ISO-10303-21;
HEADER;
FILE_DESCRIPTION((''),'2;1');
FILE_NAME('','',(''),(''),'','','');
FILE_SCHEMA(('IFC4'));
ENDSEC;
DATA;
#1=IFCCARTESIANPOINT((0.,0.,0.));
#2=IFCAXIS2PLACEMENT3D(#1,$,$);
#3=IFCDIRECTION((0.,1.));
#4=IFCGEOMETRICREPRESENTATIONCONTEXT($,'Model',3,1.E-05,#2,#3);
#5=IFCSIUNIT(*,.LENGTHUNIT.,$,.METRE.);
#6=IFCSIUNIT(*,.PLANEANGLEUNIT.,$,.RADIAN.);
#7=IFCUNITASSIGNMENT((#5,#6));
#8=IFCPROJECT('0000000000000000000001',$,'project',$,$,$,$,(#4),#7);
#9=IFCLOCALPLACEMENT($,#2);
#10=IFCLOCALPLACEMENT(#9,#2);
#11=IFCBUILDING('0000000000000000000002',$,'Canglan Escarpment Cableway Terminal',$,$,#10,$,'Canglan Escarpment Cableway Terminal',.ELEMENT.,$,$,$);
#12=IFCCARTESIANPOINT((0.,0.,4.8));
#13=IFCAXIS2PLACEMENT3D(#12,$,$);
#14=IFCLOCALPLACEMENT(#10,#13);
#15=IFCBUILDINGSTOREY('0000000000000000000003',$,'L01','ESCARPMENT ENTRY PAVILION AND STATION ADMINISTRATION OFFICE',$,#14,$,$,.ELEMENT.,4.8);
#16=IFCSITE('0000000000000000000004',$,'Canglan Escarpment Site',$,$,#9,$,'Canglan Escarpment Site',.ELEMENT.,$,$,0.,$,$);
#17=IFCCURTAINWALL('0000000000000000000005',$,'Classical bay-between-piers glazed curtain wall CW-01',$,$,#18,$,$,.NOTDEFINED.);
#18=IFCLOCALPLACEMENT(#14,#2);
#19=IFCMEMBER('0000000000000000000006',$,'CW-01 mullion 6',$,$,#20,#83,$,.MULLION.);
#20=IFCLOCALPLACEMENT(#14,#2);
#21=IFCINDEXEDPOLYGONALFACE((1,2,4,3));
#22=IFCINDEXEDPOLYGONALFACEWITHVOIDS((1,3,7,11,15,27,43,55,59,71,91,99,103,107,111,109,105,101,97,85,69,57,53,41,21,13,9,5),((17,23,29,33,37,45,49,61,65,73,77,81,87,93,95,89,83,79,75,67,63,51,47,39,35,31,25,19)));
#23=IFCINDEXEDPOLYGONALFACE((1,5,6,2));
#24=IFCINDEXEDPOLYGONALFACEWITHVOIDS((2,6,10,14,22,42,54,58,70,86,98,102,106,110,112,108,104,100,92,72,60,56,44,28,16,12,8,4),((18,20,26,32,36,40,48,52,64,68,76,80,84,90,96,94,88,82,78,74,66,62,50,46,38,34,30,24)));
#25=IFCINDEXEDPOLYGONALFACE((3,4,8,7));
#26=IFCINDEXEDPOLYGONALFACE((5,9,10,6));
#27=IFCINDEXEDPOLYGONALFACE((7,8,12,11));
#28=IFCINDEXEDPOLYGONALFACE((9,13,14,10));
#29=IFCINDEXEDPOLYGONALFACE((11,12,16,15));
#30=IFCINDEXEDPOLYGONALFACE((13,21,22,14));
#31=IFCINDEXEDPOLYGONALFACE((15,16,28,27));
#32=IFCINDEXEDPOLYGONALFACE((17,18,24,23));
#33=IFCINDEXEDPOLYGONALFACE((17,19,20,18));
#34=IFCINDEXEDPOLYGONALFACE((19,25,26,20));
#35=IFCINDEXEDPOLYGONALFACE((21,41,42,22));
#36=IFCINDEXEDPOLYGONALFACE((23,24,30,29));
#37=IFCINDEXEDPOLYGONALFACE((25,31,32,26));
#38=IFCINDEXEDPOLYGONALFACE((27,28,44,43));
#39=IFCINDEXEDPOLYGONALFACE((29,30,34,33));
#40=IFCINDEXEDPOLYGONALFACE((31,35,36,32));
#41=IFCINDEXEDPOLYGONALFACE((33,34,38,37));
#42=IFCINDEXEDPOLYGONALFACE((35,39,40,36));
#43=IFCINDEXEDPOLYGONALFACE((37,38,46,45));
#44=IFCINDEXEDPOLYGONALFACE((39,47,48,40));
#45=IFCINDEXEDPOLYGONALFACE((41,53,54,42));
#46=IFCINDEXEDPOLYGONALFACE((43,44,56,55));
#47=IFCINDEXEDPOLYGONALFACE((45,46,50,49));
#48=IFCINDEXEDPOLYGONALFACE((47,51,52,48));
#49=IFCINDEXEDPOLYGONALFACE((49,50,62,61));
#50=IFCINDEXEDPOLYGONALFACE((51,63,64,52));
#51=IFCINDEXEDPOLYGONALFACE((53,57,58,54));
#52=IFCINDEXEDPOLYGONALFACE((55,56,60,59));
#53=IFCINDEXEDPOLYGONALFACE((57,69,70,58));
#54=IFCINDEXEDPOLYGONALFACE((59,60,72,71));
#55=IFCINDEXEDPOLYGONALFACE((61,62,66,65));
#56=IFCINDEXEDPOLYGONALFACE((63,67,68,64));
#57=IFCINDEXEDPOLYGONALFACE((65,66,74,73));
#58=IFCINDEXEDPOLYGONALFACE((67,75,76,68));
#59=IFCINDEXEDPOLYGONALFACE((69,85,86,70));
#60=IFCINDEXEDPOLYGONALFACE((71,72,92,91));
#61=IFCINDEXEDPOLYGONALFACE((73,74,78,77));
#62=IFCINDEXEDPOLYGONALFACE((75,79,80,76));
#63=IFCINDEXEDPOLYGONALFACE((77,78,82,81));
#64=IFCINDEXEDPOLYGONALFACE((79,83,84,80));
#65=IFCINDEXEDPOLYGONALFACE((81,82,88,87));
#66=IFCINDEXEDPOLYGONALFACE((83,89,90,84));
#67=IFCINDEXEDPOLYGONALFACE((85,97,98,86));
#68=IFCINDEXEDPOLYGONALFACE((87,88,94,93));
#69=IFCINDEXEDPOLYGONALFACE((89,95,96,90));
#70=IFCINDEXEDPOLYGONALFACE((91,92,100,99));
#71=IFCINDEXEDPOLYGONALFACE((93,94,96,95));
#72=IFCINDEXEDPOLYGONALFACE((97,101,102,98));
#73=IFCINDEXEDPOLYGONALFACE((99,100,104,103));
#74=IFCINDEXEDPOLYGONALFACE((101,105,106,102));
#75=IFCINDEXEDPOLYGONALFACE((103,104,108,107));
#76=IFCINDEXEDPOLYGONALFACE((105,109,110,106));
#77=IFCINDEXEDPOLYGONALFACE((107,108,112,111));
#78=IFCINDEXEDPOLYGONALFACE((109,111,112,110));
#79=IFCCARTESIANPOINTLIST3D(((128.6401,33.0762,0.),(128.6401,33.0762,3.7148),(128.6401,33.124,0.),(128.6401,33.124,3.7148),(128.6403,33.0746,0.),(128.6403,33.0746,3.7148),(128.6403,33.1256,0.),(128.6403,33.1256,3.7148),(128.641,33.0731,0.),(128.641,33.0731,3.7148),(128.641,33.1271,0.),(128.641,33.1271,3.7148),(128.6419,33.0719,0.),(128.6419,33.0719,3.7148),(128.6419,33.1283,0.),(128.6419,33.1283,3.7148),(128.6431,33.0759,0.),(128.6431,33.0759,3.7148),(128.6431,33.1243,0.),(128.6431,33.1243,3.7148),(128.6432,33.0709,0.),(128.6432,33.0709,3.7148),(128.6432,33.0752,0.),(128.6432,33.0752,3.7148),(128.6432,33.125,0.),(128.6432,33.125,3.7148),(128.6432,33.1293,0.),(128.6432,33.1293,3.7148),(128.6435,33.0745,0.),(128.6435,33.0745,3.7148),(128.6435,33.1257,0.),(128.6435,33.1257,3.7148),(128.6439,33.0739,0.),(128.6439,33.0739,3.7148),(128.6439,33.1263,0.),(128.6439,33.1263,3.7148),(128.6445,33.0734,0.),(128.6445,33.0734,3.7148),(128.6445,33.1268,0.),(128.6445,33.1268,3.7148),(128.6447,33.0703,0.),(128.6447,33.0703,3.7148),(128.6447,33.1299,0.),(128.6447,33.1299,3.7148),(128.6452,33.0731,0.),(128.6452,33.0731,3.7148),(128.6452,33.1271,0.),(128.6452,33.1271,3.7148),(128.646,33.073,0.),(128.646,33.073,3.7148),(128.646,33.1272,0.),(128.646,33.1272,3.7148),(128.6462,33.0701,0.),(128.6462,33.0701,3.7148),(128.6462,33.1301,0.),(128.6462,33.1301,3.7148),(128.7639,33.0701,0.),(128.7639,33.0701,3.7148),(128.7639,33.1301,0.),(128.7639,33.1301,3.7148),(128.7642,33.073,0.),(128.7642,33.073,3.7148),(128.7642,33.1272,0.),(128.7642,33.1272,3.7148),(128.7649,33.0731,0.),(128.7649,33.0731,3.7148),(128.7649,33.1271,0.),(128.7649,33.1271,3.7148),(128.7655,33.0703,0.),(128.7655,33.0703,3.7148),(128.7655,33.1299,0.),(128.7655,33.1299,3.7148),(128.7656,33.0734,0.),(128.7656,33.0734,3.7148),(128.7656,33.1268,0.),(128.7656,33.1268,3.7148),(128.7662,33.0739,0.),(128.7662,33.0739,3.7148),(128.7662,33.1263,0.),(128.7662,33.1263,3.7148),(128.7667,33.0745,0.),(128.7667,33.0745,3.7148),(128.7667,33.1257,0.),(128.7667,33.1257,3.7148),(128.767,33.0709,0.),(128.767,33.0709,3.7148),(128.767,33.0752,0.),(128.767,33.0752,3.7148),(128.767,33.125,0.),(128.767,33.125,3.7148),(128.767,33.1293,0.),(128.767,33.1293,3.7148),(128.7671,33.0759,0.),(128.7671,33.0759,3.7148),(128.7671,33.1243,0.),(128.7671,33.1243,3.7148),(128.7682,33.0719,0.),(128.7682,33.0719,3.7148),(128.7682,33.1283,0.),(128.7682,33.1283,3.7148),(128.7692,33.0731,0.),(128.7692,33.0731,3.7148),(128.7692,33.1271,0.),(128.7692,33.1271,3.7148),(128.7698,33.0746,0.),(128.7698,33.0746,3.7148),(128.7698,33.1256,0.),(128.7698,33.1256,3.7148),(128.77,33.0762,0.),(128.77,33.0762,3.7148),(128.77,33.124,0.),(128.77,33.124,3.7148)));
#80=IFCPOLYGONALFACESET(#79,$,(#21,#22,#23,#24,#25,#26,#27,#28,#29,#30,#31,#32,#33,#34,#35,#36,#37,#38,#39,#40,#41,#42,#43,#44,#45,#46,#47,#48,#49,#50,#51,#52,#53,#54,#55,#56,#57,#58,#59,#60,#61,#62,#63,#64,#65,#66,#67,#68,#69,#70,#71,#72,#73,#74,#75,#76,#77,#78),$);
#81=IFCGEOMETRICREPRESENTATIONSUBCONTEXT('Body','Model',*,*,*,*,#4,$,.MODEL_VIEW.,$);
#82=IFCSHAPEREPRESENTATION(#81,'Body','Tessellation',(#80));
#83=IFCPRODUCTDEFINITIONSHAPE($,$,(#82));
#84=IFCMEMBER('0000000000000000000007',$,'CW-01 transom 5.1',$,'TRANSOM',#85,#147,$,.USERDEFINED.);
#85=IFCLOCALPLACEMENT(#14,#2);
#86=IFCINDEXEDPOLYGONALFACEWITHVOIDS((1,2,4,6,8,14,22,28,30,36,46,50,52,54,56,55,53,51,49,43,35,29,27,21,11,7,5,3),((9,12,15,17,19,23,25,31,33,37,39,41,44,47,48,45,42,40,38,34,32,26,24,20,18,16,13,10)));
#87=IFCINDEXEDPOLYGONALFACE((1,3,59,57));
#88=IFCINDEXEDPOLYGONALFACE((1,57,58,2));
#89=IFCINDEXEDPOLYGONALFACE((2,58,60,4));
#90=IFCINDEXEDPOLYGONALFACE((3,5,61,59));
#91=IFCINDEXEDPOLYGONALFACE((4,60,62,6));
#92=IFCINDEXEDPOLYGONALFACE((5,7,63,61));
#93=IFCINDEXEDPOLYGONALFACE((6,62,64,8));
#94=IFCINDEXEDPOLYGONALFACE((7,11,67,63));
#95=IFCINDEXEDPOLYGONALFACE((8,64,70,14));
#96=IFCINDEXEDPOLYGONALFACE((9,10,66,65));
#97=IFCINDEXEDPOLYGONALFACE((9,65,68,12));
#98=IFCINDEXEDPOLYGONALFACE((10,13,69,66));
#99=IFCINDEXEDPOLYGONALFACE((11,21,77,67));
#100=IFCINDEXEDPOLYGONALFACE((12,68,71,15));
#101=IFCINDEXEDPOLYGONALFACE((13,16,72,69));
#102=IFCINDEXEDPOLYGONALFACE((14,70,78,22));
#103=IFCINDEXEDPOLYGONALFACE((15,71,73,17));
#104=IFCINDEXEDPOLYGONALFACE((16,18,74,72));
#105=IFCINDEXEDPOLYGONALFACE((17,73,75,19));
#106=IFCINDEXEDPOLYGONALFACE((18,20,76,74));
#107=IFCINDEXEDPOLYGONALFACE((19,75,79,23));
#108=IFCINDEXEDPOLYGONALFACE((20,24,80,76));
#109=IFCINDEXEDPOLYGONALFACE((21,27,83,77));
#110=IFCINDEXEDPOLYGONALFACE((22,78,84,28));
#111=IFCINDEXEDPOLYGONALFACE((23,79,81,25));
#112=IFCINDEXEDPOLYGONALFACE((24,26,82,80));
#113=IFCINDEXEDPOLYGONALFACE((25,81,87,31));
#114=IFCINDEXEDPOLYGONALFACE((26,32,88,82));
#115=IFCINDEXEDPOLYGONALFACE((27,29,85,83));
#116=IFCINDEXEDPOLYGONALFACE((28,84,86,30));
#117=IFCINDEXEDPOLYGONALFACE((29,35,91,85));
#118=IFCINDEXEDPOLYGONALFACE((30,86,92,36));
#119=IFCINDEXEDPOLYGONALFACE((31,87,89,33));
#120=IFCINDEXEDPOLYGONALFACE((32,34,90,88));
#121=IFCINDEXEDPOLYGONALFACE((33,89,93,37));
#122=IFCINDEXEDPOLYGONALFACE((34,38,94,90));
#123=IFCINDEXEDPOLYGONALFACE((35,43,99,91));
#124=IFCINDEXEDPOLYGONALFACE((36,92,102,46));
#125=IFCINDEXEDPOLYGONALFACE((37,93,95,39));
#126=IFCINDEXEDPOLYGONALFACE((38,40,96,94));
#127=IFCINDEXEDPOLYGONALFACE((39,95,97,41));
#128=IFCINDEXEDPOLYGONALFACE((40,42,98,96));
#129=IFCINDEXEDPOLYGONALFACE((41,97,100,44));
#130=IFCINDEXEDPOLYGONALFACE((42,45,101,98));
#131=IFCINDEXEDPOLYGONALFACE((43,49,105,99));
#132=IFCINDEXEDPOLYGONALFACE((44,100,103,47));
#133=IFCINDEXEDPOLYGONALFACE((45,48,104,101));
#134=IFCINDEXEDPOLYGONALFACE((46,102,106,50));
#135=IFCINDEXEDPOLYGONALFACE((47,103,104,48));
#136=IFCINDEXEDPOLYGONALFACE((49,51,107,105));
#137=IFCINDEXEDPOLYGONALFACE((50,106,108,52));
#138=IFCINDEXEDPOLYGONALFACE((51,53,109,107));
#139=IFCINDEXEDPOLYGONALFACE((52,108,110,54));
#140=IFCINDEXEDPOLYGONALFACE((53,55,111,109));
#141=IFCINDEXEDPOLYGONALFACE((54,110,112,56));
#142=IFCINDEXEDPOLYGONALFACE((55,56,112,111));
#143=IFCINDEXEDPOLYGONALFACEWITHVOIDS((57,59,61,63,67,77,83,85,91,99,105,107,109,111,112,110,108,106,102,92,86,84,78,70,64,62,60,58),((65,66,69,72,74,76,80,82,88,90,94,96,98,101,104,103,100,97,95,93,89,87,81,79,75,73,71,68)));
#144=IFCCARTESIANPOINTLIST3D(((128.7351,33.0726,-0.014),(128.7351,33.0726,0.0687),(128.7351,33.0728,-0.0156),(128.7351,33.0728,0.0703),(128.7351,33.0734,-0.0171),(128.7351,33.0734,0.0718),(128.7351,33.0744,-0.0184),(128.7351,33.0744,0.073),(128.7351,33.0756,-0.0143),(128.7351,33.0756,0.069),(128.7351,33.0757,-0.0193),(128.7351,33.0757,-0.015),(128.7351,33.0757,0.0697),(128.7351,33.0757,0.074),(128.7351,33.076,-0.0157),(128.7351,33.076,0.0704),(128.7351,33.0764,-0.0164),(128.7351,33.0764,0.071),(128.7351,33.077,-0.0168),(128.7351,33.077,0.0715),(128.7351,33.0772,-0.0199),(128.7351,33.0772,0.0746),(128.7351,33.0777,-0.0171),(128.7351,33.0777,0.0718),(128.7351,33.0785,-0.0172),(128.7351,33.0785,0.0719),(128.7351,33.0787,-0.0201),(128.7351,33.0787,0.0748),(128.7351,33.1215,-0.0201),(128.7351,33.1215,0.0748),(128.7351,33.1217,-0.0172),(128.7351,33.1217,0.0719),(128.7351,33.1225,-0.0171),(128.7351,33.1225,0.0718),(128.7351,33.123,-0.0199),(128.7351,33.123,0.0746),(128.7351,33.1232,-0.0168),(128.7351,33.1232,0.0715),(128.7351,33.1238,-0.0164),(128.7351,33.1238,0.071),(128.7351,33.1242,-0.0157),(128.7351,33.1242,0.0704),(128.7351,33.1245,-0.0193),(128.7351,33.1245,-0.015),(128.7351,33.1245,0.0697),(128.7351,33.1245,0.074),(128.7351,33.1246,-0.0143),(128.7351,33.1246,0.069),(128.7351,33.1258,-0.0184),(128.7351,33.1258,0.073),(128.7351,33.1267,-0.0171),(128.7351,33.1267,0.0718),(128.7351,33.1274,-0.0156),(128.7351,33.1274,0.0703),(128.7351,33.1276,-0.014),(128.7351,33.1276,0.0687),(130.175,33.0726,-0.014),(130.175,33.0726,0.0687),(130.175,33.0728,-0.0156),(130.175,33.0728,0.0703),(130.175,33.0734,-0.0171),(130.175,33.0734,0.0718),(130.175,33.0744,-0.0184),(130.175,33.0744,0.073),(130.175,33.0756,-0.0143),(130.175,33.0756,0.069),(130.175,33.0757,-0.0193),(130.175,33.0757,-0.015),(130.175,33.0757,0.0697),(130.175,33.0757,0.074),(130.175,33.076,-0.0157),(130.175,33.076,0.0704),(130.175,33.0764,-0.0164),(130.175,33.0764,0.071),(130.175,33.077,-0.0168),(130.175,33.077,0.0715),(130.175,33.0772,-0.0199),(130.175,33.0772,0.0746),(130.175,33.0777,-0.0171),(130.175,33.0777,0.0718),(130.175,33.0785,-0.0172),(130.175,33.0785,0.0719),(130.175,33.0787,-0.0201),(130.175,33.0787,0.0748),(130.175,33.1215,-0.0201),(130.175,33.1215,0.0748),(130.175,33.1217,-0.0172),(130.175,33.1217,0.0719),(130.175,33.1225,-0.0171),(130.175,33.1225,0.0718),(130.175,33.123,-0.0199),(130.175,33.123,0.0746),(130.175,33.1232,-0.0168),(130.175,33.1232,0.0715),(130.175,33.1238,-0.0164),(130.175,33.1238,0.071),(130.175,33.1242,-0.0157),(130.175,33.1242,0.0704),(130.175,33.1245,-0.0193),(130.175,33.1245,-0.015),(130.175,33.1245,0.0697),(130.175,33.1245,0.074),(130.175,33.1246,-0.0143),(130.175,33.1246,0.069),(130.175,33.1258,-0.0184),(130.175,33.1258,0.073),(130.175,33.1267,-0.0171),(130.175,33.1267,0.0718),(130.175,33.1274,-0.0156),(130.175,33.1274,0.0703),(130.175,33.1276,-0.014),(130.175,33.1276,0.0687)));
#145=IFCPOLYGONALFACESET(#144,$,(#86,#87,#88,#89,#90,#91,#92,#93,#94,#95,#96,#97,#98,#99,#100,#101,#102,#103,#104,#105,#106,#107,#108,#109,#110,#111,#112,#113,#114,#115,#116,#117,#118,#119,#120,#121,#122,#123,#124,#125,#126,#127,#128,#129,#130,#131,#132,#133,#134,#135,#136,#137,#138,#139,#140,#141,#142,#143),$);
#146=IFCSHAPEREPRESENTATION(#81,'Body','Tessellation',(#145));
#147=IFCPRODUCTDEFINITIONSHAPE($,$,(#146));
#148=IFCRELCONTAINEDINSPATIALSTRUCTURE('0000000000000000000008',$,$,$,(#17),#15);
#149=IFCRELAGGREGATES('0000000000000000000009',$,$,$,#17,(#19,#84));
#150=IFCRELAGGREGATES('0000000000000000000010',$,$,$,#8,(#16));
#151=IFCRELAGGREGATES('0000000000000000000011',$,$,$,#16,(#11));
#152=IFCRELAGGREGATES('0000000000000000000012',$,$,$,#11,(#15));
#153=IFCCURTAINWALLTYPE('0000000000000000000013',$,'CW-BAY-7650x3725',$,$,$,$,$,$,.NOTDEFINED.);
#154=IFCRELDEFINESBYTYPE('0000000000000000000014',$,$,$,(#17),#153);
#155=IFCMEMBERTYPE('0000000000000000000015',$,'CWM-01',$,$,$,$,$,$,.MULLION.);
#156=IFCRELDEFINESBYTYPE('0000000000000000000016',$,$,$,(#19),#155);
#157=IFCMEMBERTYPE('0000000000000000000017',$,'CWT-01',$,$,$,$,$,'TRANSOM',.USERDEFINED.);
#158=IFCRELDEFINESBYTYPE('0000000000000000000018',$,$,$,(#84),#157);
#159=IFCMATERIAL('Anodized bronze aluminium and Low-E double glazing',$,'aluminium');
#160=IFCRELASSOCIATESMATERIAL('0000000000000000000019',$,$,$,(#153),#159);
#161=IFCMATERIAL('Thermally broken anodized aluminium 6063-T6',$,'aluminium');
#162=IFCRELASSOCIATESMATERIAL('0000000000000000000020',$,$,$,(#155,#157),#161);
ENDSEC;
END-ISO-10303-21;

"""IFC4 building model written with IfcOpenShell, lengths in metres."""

from ifc_helpers import new_model, si_unit, direction, frame, origin, origin_2d, place, context, subcontext, project, spatial, hollow_rectangle, extrude, material, material_profile, profile_set, type_object, element, aggregate, save


model = new_model("IFC4")

# Units and contexts
model_context = context("Model", 3, precision=1e-05, world=origin(), true_north=direction((0.0, 1.0)))
body_context = subcontext(model_context, "Body", "Model", "MODEL_VIEW")
ifc_project = project(units=[si_unit("LENGTHUNIT", "METRE"), si_unit("PLANEANGLEUNIT", "RADIAN")], contexts=[model_context])

# Site, building, storey
site_placement = place(None, origin())
site = spatial("IfcSite", under=ifc_project, at=site_placement, Name="Canglan Escarpment Site", LongName="Canglan Escarpment Site", CompositionType="ELEMENT", RefElevation=0.0)
building_placement = place(site_placement, origin())
building = spatial("IfcBuilding", under=site, at=building_placement, Name="Canglan Escarpment Cableway Terminal", LongName="Canglan Escarpment Cableway Terminal", CompositionType="ELEMENT")
storey_placement = place(building_placement, frame((0.0, 0.0, 4.8)))
storey = spatial("IfcBuildingStorey", under=building, at=storey_placement, Name="L01", Description="ESCARPMENT ENTRY PAVILION AND STATION ADMINISTRATION OFFICE", CompositionType="ELEMENT", Elevation=4.8)

# Curtain wall, members
ifc_material_1 = material(Name="Anodized bronze aluminium and Low-E double glazing", Category="aluminium")
curtain_wall_type = type_object("IfcCurtainWallType", Name="CW-BAY-7650x3725", PredefinedType="NOTDEFINED", material=ifc_material_1)
curtain_wall_placement = place(storey_placement, origin())
curtain_wall = element("IfcCurtainWall", 1, at=curtain_wall_placement, inside=storey, type_object=curtain_wall_type, Name="Classical bay-between-piers glazed curtain wall CW-01", PredefinedType="NOTDEFINED")
ifc_material_2 = material(Name="Thermally broken anodized aluminium 6063-T6", Category="aluminium")
ifc_material_profile_1 = material_profile(ifc_material_2, hollow_rectangle(XDim=0.0601, YDim=0.1299, WallThickness=0.0029, InnerFilletRadius=0.0029, OuterFilletRadius=0.0061, at=origin_2d()), Name="ALU-MULL 60x130x3")
ifc_profile_set_1 = profile_set([ifc_material_profile_1], Name="Thermally broken anodized aluminium 6063-T6")
member_type_1 = type_object("IfcMemberType", Name="CWM-01", PredefinedType="MULLION", material=ifc_profile_set_1)
member_1_placement = place(storey_placement, frame((128.7051, 33.1001, 0.0), z_axis=(0.0, 0.0, 1.0), x_axis=(0.0, -1.0, 0.0)))
member_1 = element("IfcMember", 2, at=member_1_placement, type_object=member_type_1, Name="CW-01 mullion 6", PredefinedType="MULLION", context=body_context, shape_type="SweptSolid", body=[
    extrude(hollow_rectangle(XDim=0.0601, YDim=0.1299, WallThickness=0.0029, InnerFilletRadius=0.0029, OuterFilletRadius=0.0061, at=origin_2d()), origin(), (0.0, 0.0, 1.0), 3.7148),
])
ifc_material_profile_2 = material_profile(ifc_material_2, hollow_rectangle(XDim=0.0549, YDim=0.095, WallThickness=0.0029, InnerFilletRadius=0.0029, OuterFilletRadius=0.0061, at=origin_2d()), Name="ALU-TRAN 55x95x3")
ifc_profile_set_2 = profile_set([ifc_material_profile_2], Name="Thermally broken anodized aluminium 6063-T6")
member_type_2 = type_object("IfcMemberType", Name="CWT-01", ElementType="TRANSOM", PredefinedType="USERDEFINED", material=ifc_profile_set_2)
member_2_placement = place(storey_placement, frame((130.175, 33.1001, 0.0273), z_axis=(-1.0, 0.0, 0.0), x_axis=(0.0, -1.0, 0.0)))
member_2 = element("IfcMember", 3, at=member_2_placement, type_object=member_type_2, Name="CW-01 transom 5.1", ObjectType="TRANSOM", PredefinedType="USERDEFINED", context=body_context, shape_type="SweptSolid", body=[
    extrude(hollow_rectangle(XDim=0.0549, YDim=0.095, WallThickness=0.0029, InnerFilletRadius=0.0029, OuterFilletRadius=0.0061, at=origin_2d()), origin(), (0.0, 0.0, 1.0), 1.4399),
])
aggregate(curtain_wall, [member_1, member_2])

save(model, "model.ifc")
